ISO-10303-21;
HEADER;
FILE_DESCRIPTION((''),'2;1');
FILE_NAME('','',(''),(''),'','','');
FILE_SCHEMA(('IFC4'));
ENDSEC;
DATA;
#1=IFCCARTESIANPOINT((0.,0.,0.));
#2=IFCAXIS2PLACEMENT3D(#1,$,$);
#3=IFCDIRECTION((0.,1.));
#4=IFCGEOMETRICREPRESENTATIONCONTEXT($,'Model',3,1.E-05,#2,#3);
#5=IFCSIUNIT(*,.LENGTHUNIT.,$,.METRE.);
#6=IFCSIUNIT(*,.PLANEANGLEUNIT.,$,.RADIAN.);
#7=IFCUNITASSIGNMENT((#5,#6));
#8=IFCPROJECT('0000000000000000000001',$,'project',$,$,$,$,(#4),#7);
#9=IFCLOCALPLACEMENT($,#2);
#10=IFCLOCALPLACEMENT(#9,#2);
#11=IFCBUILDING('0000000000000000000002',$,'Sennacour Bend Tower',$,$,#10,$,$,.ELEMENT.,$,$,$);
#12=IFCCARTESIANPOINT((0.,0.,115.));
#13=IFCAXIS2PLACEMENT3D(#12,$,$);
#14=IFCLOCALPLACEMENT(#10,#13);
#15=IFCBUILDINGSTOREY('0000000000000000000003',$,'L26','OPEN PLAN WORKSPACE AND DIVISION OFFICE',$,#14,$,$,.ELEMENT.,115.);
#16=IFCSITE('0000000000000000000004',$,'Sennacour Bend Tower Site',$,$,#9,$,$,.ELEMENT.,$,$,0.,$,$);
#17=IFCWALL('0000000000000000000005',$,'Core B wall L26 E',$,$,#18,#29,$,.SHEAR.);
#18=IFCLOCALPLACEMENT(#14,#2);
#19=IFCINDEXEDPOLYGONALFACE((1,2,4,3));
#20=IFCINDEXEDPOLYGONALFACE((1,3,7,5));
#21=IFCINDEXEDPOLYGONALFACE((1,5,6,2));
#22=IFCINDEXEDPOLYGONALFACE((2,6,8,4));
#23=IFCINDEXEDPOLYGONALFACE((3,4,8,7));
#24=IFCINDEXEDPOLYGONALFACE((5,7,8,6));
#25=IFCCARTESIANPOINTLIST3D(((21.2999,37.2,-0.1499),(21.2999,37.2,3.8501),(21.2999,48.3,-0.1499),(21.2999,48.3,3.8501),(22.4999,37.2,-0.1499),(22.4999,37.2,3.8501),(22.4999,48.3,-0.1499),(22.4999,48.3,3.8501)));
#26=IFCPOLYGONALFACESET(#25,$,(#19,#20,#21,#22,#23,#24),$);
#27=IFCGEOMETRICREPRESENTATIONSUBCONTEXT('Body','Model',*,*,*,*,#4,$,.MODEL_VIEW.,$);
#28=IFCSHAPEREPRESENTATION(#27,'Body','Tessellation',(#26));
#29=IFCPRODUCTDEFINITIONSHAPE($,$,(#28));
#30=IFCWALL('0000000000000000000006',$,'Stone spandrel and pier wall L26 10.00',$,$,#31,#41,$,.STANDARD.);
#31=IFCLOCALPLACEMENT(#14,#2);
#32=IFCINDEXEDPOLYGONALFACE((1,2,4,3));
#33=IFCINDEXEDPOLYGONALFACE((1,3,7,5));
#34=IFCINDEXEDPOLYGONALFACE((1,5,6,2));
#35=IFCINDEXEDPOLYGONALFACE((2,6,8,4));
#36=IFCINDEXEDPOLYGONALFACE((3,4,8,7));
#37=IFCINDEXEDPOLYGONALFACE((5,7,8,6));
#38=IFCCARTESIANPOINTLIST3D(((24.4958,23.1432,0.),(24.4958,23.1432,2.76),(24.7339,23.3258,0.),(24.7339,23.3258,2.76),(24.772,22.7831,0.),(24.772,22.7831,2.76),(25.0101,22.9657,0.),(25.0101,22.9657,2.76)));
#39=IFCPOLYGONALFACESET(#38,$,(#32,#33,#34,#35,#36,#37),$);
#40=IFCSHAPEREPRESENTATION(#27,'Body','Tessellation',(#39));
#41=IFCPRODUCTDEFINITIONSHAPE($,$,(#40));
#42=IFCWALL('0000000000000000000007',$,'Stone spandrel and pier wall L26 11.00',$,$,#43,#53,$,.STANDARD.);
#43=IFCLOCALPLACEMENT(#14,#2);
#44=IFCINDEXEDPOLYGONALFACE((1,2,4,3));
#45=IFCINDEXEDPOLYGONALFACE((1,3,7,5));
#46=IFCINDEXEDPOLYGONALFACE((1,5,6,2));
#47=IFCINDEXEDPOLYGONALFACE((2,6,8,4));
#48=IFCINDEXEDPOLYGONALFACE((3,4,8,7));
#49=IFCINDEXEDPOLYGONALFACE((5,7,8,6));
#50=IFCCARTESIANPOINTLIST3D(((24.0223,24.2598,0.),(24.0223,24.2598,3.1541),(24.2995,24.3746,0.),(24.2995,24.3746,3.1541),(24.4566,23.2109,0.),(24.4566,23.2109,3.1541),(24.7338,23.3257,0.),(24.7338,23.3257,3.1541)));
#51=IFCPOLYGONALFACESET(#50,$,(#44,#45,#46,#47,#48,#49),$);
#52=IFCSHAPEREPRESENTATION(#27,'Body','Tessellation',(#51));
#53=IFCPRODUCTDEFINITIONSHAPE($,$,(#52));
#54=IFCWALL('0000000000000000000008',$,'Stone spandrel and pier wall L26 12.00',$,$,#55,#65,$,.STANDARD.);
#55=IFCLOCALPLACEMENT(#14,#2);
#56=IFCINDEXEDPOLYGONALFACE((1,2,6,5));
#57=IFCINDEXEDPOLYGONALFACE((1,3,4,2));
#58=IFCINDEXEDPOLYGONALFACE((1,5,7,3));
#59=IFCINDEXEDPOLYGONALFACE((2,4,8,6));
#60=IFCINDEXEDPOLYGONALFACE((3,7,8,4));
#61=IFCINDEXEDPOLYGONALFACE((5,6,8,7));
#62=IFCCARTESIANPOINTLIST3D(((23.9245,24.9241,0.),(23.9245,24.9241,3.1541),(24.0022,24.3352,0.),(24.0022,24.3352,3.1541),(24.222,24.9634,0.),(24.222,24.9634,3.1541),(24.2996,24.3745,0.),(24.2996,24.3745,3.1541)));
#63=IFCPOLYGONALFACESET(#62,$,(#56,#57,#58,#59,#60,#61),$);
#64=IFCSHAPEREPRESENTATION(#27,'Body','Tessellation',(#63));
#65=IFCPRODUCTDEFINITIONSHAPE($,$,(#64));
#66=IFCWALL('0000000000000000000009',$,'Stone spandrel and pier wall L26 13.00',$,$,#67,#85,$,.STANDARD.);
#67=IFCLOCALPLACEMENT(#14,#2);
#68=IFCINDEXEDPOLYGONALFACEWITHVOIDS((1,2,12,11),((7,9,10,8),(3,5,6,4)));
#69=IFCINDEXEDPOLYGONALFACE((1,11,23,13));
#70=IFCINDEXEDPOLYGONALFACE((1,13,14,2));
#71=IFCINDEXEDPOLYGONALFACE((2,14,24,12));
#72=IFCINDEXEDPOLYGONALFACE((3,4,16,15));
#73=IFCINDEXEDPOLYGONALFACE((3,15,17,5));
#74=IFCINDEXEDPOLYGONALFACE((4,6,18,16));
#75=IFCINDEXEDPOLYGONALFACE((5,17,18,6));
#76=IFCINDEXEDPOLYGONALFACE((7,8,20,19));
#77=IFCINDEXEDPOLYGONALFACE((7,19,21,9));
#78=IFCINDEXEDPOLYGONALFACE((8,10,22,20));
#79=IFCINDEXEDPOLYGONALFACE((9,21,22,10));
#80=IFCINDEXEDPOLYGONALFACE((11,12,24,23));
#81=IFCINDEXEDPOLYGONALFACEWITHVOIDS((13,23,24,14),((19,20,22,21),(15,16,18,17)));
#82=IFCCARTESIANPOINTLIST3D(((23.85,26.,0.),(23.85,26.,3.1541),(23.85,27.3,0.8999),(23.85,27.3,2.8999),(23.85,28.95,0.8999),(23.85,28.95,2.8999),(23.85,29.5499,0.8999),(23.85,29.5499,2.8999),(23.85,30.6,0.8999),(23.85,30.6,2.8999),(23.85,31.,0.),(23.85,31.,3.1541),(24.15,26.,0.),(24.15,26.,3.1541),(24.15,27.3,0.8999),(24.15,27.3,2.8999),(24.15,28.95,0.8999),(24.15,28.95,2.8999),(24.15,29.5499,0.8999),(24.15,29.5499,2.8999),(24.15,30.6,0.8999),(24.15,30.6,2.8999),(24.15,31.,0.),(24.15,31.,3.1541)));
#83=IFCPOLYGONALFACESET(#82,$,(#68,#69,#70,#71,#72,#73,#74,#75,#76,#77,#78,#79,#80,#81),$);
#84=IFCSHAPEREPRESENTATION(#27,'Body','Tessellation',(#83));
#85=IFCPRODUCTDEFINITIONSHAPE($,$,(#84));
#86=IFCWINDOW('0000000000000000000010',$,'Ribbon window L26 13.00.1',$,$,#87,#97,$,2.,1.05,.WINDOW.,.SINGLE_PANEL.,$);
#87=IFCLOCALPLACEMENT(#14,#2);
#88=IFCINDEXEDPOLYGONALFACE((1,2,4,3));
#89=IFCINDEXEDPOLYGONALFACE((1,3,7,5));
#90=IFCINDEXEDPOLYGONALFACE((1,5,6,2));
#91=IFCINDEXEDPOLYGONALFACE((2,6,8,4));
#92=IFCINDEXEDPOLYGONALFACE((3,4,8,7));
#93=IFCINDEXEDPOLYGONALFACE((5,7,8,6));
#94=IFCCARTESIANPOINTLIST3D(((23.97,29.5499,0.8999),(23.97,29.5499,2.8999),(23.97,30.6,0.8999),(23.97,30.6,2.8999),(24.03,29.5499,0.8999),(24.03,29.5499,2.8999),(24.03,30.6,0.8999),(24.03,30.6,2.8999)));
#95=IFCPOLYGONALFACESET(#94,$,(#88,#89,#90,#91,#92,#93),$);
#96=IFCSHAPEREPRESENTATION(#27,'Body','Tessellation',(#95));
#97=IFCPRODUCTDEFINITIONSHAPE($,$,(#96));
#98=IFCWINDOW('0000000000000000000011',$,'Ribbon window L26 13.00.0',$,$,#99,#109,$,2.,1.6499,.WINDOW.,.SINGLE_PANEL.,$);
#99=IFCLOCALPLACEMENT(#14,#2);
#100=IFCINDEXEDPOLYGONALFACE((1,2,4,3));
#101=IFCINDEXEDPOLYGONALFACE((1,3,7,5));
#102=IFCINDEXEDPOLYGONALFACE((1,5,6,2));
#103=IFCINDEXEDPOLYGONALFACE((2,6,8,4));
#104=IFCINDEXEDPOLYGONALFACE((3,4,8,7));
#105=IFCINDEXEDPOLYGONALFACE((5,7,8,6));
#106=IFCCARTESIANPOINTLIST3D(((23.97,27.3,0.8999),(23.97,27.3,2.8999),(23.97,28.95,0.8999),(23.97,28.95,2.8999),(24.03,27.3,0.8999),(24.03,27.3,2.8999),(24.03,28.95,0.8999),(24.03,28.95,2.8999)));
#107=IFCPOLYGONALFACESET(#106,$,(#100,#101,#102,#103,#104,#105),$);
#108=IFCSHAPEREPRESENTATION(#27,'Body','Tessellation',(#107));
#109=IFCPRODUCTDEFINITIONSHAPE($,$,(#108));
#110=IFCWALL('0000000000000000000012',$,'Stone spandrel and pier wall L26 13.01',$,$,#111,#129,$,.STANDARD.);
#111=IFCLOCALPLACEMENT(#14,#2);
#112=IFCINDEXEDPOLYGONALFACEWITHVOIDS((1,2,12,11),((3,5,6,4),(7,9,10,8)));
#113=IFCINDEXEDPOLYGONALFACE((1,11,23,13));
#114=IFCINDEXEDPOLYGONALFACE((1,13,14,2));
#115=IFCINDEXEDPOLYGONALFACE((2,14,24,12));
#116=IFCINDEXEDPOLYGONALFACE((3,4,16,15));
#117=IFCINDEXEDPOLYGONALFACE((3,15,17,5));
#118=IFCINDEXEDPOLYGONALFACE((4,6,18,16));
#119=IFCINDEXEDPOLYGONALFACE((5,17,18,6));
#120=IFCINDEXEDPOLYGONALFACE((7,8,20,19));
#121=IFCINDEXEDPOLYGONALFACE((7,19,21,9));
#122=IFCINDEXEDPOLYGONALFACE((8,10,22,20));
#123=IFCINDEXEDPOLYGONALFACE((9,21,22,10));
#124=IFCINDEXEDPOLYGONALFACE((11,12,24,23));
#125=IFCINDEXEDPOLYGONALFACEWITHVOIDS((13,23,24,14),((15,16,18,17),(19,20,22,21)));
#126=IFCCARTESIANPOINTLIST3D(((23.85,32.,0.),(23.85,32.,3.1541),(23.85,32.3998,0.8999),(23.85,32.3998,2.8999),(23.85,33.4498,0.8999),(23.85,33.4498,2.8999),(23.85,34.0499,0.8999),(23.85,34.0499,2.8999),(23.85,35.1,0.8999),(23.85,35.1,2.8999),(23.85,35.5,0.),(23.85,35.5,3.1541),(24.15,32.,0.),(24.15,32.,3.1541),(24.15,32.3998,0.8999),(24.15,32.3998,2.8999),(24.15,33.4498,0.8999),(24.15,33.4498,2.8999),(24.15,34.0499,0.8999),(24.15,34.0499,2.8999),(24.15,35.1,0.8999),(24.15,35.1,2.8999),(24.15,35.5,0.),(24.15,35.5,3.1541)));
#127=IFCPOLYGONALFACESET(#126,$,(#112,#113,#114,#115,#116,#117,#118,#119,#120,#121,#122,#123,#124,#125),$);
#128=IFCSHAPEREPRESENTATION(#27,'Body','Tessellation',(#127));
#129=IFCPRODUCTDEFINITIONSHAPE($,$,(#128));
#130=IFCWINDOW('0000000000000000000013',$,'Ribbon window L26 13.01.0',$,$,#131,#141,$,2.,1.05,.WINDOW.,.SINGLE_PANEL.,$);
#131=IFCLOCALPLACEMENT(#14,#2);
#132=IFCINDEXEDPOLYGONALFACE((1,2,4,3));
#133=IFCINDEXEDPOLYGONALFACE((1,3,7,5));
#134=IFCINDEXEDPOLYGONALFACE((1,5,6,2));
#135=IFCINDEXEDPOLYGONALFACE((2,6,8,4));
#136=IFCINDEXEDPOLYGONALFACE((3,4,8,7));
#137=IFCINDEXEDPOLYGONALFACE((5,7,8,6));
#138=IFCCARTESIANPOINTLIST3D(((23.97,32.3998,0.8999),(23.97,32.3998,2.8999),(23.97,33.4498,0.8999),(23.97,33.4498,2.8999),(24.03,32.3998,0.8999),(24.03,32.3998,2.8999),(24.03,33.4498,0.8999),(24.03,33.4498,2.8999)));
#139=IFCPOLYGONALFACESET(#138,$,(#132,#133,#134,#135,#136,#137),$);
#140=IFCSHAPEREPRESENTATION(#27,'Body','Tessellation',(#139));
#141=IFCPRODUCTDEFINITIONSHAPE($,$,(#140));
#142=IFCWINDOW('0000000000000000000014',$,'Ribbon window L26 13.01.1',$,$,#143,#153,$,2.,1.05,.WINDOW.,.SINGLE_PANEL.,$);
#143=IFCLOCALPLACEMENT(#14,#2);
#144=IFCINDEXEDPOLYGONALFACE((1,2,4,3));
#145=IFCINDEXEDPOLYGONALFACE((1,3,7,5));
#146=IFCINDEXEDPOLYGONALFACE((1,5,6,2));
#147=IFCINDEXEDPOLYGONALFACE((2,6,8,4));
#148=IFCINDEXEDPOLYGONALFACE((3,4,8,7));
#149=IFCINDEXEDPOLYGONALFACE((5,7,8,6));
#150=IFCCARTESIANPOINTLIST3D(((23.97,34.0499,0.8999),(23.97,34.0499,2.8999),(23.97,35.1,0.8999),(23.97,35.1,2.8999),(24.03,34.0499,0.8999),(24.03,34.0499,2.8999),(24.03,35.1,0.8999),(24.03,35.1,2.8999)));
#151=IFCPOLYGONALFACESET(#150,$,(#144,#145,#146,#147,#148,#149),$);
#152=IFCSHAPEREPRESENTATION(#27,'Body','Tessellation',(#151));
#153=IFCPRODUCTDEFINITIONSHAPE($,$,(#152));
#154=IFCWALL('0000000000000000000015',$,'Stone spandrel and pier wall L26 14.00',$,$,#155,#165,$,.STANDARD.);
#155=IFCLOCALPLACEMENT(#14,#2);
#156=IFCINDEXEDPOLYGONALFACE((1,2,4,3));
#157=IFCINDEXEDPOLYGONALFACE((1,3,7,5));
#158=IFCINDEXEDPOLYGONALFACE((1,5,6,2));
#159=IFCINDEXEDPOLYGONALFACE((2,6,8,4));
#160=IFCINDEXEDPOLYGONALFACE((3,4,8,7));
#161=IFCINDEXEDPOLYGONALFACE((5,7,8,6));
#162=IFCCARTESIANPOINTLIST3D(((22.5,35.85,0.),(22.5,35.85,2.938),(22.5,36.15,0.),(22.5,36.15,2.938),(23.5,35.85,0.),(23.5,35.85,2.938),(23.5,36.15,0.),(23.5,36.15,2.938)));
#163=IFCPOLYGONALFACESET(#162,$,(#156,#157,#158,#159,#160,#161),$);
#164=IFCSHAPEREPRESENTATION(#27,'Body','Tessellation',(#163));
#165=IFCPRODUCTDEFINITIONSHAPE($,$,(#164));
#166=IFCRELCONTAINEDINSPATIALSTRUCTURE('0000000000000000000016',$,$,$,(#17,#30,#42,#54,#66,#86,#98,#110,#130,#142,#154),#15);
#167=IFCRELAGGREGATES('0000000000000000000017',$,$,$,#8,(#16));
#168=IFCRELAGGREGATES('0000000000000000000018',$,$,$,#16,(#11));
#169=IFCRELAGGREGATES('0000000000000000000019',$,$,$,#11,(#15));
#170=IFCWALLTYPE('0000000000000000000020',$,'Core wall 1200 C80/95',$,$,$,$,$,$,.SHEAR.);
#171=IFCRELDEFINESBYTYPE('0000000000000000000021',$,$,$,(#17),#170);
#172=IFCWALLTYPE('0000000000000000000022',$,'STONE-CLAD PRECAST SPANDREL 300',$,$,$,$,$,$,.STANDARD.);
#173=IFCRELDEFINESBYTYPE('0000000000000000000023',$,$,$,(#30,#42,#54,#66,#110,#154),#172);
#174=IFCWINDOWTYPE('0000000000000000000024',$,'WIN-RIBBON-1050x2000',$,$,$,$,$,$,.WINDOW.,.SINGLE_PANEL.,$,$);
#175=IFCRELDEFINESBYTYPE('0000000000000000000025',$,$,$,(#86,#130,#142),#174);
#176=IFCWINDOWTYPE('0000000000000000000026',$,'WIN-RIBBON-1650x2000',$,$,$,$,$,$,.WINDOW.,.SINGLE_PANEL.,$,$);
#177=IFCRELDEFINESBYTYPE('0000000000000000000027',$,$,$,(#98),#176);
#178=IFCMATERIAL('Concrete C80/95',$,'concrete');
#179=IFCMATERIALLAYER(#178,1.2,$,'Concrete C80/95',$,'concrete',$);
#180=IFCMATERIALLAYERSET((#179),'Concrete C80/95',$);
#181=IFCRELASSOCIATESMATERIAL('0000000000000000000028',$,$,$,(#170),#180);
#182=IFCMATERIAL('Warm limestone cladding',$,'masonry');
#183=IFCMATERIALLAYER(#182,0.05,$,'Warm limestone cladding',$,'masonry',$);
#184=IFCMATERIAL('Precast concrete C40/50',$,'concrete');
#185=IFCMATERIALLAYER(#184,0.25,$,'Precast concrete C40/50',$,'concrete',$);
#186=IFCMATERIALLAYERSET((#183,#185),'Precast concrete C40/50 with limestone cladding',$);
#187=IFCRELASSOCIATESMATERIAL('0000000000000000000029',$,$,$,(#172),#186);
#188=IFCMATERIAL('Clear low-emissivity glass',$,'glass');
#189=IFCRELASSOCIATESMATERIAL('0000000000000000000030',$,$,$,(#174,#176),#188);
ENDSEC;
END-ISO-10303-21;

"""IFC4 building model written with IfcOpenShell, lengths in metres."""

from ifc_helpers import new_model, si_unit, direction, frame, frame_2d, origin, place, context, subcontext, project, spatial, rectangle, extrude, material, layer, layer_set, type_object, element, fill, save


model = new_model("IFC4")

# Units and contexts
model_context = context("Model", 3, precision=1e-05, world=origin(), true_north=direction((0.0, 1.0)))
body_context = subcontext(model_context, "Body", "Model", "MODEL_VIEW")
ifc_project = project(units=[si_unit("LENGTHUNIT", "METRE"), si_unit("PLANEANGLEUNIT", "RADIAN")], contexts=[model_context])

# Site, building, storey
site_placement = place(None, origin())
site = spatial("IfcSite", under=ifc_project, at=site_placement, Name="Sennacour Bend Tower Site", CompositionType="ELEMENT", RefElevation=0.0)
building_placement = place(site_placement, origin())
building = spatial("IfcBuilding", under=site, at=building_placement, Name="Sennacour Bend Tower", CompositionType="ELEMENT")
storey_placement = place(building_placement, frame((0.0, 0.0, 115.0)))
storey = spatial("IfcBuildingStorey", under=building, at=storey_placement, Name="L26", Description="OPEN PLAN WORKSPACE AND DIVISION OFFICE", CompositionType="ELEMENT", Elevation=115.0)

# Walls
ifc_material_1 = material(Name="Concrete C80/95", Category="concrete")
ifc_layer_1 = layer(ifc_material_1, 1.2, Name="Concrete C80/95", Category="concrete")
ifc_layer_set_1 = layer_set([ifc_layer_1], Name="Concrete C80/95")
wall_type_1 = type_object("IfcWallType", Name="Core wall 1200 C80/95", PredefinedType="SHEAR", material=ifc_layer_set_1)
wall_1_placement = place(storey_placement, frame((21.8999, 37.2, -0.1499), z_axis=(0.0, 0.0, 1.0), x_axis=(0.0, 1.0, 0.0)))
element("IfcWall", 1, at=wall_1_placement, inside=storey, type_object=wall_type_1, Name="Core B wall L26 E", PredefinedType="SHEAR", context=body_context, shape_type="SweptSolid", body=[
    extrude(rectangle(XDim=11.1001, YDim=1.2, at=frame_2d((5.55, 0.0))), origin(), (0.0, 0.0, 1.0), 4.0),
])
ifc_material_2 = material(Name="Warm limestone cladding", Category="masonry")
ifc_layer_2 = layer(ifc_material_2, 0.05, Name="Warm limestone cladding", Category="masonry")
ifc_material_3 = material(Name="Precast concrete C40/50", Category="concrete")
ifc_layer_3 = layer(ifc_material_3, 0.25, Name="Precast concrete C40/50", Category="concrete")
ifc_layer_set_2 = layer_set([ifc_layer_2, ifc_layer_3], Name="Precast concrete C40/50 with limestone cladding")
wall_type_2 = type_object("IfcWallType", Name="STONE-CLAD PRECAST SPANDREL 300", PredefinedType="STANDARD", material=ifc_layer_set_2)
wall_2_placement = place(storey_placement, frame((24.8911, 22.8743, 0.0), z_axis=(0.0, 0.0, 1.0), x_axis=(-0.608488, 0.793563, 0.0)))
element("IfcWall", 2, at=wall_2_placement, inside=storey, type_object=wall_type_2, Name="Stone spandrel and pier wall L26 10.00", PredefinedType="STANDARD", context=body_context, shape_type="SweptSolid", body=[
    extrude(rectangle(XDim=0.4539, YDim=0.3, at=frame_2d((0.2271, 0.0))), origin(), (0.0, 0.0, 1.0), 2.76),
])
wall_3_placement = place(storey_placement, frame((24.5952, 23.2683, 0.0), z_axis=(0.0, 0.0, 1.0), x_axis=(-0.382599, 0.923915, 0.0)))
element("IfcWall", 3, at=wall_3_placement, inside=storey, type_object=wall_type_2, Name="Stone spandrel and pier wall L26 11.00", PredefinedType="STANDARD", context=body_context, shape_type="SweptSolid", body=[
    extrude(rectangle(XDim=1.1353, YDim=0.3, at=frame_2d((0.5676, 0.0))), origin(), (0.0, 0.0, 1.0), 3.1541),
])
wall_4_placement = place(storey_placement, frame((24.1509, 24.355, 0.0), z_axis=(0.0, 0.0, 1.0), x_axis=(-0.13071, 0.991421, 0.0)))
element("IfcWall", 4, at=wall_4_placement, inside=storey, type_object=wall_type_2, Name="Stone spandrel and pier wall L26 12.00", PredefinedType="STANDARD", context=body_context, shape_type="SweptSolid", body=[
    extrude(rectangle(XDim=0.594, YDim=0.3, at=frame_2d((0.2969, 0.0))), origin(), (0.0, 0.0, 1.0), 3.1541),
])

# Walls, openings, windows
wall_5_placement = place(storey_placement, frame((24.0, 26.0, 0.0), z_axis=(0.0, 0.0, 1.0), x_axis=(0.0, 1.0, 0.0)))
wall_5 = element("IfcWall", 5, at=wall_5_placement, inside=storey, type_object=wall_type_2, Name="Stone spandrel and pier wall L26 13.00", PredefinedType="STANDARD", context=body_context, shape_type="SweptSolid", body=[
    extrude(rectangle(XDim=5.0, YDim=0.3, at=frame_2d((2.5, 0.0))), origin(), (0.0, 0.0, 1.0), 3.1541),
])
opening_1_placement = place(wall_5_placement, frame((1.3, 0.0, 0.8999)))
opening_1 = element("IfcOpeningElement", 6, at=opening_1_placement, cuts=wall_5, PredefinedType="OPENING", context=body_context, shape_type="SweptSolid", body=[
    extrude(rectangle(XDim=1.6499, YDim=2.0, at=frame_2d((0.825, 1.0))), frame((0.0, 0.1602, 0.0), z_axis=(0.0, -1.0, 0.0), x_axis=(1.0, 0.0, 0.0)), (0.0, 0.0, 1.0), 0.3201),
])
opening_2_placement = place(wall_5_placement, frame((3.55, 0.0, 0.8999)))
opening_2 = element("IfcOpeningElement", 7, at=opening_2_placement, cuts=wall_5, PredefinedType="OPENING", context=body_context, shape_type="SweptSolid", body=[
    extrude(rectangle(XDim=1.05, YDim=2.0, at=frame_2d((0.5249, 1.0))), frame((0.0, 0.1602, 0.0), z_axis=(0.0, -1.0, 0.0), x_axis=(1.0, 0.0, 0.0)), (0.0, 0.0, 1.0), 0.3201),
])
ifc_material_4 = material(Name="Clear low-emissivity glass", Category="glass")
window_type_1 = type_object("IfcWindowType", Name="WIN-RIBBON-1050x2000", PartitioningType="SINGLE_PANEL", PredefinedType="WINDOW", material=ifc_material_4)
window_1_placement = place(opening_2_placement, origin())
window_1 = element("IfcWindow", 8, at=window_1_placement, inside=storey, type_object=window_type_1, Name="Ribbon window L26 13.00.1", OverallHeight=2.0, OverallWidth=1.05, PartitioningType="SINGLE_PANEL", PredefinedType="WINDOW", context=body_context, shape_type="SweptSolid", body=[
    extrude(rectangle(XDim=1.05, YDim=2.0, at=frame_2d((0.5249, 1.0))), frame((0.0, 0.03, 0.0), z_axis=(0.0, -1.0, 0.0), x_axis=(1.0, 0.0, 0.0)), (0.0, 0.0, 1.0), 0.0601),
])
fill(opening_2, window_1)
window_type_2 = type_object("IfcWindowType", Name="WIN-RIBBON-1650x2000", PartitioningType="SINGLE_PANEL", PredefinedType="WINDOW", material=ifc_material_4)
window_2_placement = place(opening_1_placement, origin())
window_2 = element("IfcWindow", 9, at=window_2_placement, inside=storey, type_object=window_type_2, Name="Ribbon window L26 13.00.0", OverallHeight=2.0, OverallWidth=1.6499, PartitioningType="SINGLE_PANEL", PredefinedType="WINDOW", context=body_context, shape_type="SweptSolid", body=[
    extrude(rectangle(XDim=1.6499, YDim=2.0, at=frame_2d((0.825, 1.0))), frame((0.0, 0.03, 0.0), z_axis=(0.0, -1.0, 0.0), x_axis=(1.0, 0.0, 0.0)), (0.0, 0.0, 1.0), 0.0601),
])
fill(opening_1, window_2)
wall_6_placement = place(storey_placement, frame((24.0, 32.0, 0.0), z_axis=(0.0, 0.0, 1.0), x_axis=(0.0, 1.0, 0.0)))
wall_6 = element("IfcWall", 10, at=wall_6_placement, inside=storey, type_object=wall_type_2, Name="Stone spandrel and pier wall L26 13.01", PredefinedType="STANDARD", context=body_context, shape_type="SweptSolid", body=[
    extrude(rectangle(XDim=3.5, YDim=0.3, at=frame_2d((1.75, 0.0))), origin(), (0.0, 0.0, 1.0), 3.1541),
])
opening_3_placement = place(wall_6_placement, frame((0.3999, 0.0, 0.8999)))
opening_3 = element("IfcOpeningElement", 11, at=opening_3_placement, cuts=wall_6, PredefinedType="OPENING", context=body_context, shape_type="SweptSolid", body=[
    extrude(rectangle(XDim=1.05, YDim=2.0, at=frame_2d((0.5249, 1.0))), frame((0.0, 0.1602, 0.0), z_axis=(0.0, -1.0, 0.0), x_axis=(1.0, 0.0, 0.0)), (0.0, 0.0, 1.0), 0.3201),
])
opening_4_placement = place(wall_6_placement, frame((2.05, 0.0, 0.8999)))
opening_4 = element("IfcOpeningElement", 12, at=opening_4_placement, cuts=wall_6, PredefinedType="OPENING", context=body_context, shape_type="SweptSolid", body=[
    extrude(rectangle(XDim=1.05, YDim=2.0, at=frame_2d((0.5249, 1.0))), frame((0.0, 0.1602, 0.0), z_axis=(0.0, -1.0, 0.0), x_axis=(1.0, 0.0, 0.0)), (0.0, 0.0, 1.0), 0.3201),
])
window_3_placement = place(opening_3_placement, origin())
window_3 = element("IfcWindow", 13, at=window_3_placement, inside=storey, type_object=window_type_1, Name="Ribbon window L26 13.01.0", OverallHeight=2.0, OverallWidth=1.05, PartitioningType="SINGLE_PANEL", PredefinedType="WINDOW", context=body_context, shape_type="SweptSolid", body=[
    extrude(rectangle(XDim=1.05, YDim=2.0, at=frame_2d((0.5249, 1.0))), frame((0.0, 0.03, 0.0), z_axis=(0.0, -1.0, 0.0), x_axis=(1.0, 0.0, 0.0)), (0.0, 0.0, 1.0), 0.0601),
])
fill(opening_3, window_3)
window_4_placement = place(opening_4_placement, origin())
window_4 = element("IfcWindow", 14, at=window_4_placement, inside=storey, type_object=window_type_1, Name="Ribbon window L26 13.01.1", OverallHeight=2.0, OverallWidth=1.05, PartitioningType="SINGLE_PANEL", PredefinedType="WINDOW", context=body_context, shape_type="SweptSolid", body=[
    extrude(rectangle(XDim=1.05, YDim=2.0, at=frame_2d((0.5249, 1.0))), frame((0.0, 0.03, 0.0), z_axis=(0.0, -1.0, 0.0), x_axis=(1.0, 0.0, 0.0)), (0.0, 0.0, 1.0), 0.0601),
])
fill(opening_4, window_4)

# Wall
wall_7_placement = place(storey_placement, frame((23.5, 36.0, 0.0), z_axis=(0.0, 0.0, 1.0), x_axis=(-1.0, 0.0, 0.0)))
element("IfcWall", 15, at=wall_7_placement, inside=storey, type_object=wall_type_2, Name="Stone spandrel and pier wall L26 14.00", PredefinedType="STANDARD", context=body_context, shape_type="SweptSolid", body=[
    extrude(rectangle(XDim=1.0, YDim=0.3, at=frame_2d((0.5, 0.0))), origin(), (0.0, 0.0, 1.0), 2.938),
])

save(model, "model.ifc")
